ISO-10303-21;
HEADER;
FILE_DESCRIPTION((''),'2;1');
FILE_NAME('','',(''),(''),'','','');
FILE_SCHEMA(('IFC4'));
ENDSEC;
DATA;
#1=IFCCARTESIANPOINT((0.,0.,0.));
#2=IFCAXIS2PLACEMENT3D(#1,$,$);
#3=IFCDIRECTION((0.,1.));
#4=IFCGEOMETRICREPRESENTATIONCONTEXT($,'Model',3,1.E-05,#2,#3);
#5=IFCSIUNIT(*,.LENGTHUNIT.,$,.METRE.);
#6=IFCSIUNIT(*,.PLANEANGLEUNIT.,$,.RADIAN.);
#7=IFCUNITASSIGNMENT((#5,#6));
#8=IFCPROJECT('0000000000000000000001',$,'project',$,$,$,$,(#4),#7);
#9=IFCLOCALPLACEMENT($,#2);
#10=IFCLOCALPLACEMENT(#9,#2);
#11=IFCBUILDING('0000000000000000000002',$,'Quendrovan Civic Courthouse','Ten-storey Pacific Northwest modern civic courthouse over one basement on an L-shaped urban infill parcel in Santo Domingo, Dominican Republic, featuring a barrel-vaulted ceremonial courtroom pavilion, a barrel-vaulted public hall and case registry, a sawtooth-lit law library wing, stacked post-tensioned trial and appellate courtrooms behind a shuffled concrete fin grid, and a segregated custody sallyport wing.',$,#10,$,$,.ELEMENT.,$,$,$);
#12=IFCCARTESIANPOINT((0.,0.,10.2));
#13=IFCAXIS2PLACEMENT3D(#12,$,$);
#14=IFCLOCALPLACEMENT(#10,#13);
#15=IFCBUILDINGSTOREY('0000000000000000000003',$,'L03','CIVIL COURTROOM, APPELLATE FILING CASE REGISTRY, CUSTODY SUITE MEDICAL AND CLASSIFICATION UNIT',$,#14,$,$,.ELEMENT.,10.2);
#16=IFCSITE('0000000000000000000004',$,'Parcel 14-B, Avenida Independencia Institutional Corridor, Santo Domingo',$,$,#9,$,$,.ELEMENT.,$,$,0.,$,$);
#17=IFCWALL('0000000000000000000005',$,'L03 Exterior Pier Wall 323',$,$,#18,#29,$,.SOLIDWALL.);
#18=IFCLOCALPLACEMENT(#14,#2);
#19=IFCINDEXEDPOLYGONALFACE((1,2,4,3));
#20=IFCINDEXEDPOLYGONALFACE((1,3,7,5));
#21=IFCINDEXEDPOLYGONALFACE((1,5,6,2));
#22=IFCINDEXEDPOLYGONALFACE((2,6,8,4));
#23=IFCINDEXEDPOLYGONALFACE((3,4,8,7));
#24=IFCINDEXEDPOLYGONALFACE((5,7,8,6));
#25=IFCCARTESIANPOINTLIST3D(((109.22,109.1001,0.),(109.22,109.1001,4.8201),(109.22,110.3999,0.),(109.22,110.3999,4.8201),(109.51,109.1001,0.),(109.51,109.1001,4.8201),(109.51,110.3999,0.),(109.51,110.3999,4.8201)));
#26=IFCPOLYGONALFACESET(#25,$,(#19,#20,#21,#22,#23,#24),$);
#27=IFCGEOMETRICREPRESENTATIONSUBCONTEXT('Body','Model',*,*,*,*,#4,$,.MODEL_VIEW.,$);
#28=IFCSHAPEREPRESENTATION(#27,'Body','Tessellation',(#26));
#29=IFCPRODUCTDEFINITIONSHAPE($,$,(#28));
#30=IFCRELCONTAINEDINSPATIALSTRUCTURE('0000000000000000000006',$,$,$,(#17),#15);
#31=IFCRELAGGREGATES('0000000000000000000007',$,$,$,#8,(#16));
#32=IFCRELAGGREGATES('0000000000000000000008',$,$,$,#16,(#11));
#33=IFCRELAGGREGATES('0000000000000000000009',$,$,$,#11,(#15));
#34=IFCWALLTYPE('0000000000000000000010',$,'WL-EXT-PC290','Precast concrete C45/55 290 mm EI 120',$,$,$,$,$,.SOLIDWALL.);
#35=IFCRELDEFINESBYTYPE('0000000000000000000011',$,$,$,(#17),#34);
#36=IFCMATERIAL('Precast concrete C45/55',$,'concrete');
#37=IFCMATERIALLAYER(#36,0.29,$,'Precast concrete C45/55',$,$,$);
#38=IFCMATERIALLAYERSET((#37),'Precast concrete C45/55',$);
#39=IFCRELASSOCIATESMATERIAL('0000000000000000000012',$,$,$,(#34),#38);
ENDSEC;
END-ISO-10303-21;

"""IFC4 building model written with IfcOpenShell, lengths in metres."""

from ifc_helpers import new_model, si_unit, direction, frame, frame_2d, origin, place, context, subcontext, project, spatial, rectangle, extrude, material, layer, layer_set, type_object, element, save


model = new_model("IFC4")

# Units and contexts
model_context = context("Model", 3, precision=1e-05, world=origin(), true_north=direction((0.0, 1.0)))
body_context = subcontext(model_context, "Body", "Model", "MODEL_VIEW")
ifc_project = project(units=[si_unit("LENGTHUNIT", "METRE"), si_unit("PLANEANGLEUNIT", "RADIAN")], contexts=[model_context])

# Site, building, storey
site_placement = place(None, origin())
site = spatial("IfcSite", under=ifc_project, at=site_placement, Name="Parcel 14-B, Avenida Independencia Institutional Corridor, Santo Domingo", CompositionType="ELEMENT", RefElevation=0.0)
building_placement = place(site_placement, origin())
building = spatial("IfcBuilding", under=site, at=building_placement, Name="Quendrovan Civic Courthouse", Description="Ten-storey Pacific Northwest modern civic courthouse over one basement on an L-shaped urban infill parcel in Santo Domingo, Dominican Republic, featuring a barrel-vaulted ceremonial courtroom pavilion, a barrel-vaulted public hall and case registry, a sawtooth-lit law library wing, stacked post-tensioned trial and appellate courtrooms behind a shuffled concrete fin grid, and a segregated custody sallyport wing.", CompositionType="ELEMENT")
storey_placement = place(building_placement, frame((0.0, 0.0, 10.2)))
storey = spatial("IfcBuildingStorey", under=building, at=storey_placement, Name="L03", Description="CIVIL COURTROOM, APPELLATE FILING CASE REGISTRY, CUSTODY SUITE MEDICAL AND CLASSIFICATION UNIT", CompositionType="ELEMENT", Elevation=10.2)

# Wall
ifc_material_1 = material(Name="Precast concrete C45/55", Category="concrete")
ifc_layer_1 = layer(ifc_material_1, 0.29, Name="Precast concrete C45/55")
ifc_layer_set_1 = layer_set([ifc_layer_1], Name="Precast concrete C45/55")
wall_type = type_object("IfcWallType", Name="WL-EXT-PC290", Description="Precast concrete C45/55 290 mm EI 120", PredefinedType="SOLIDWALL", material=ifc_layer_set_1)
wall_placement = place(storey_placement, frame((109.365, 109.1001, 0.0), z_axis=(0.0, 0.0, 1.0), x_axis=(0.0, 1.0, 0.0)))
element("IfcWall", 1, at=wall_placement, inside=storey, type_object=wall_type, Name="L03 Exterior Pier Wall 323", PredefinedType="SOLIDWALL", context=body_context, shape_type="SweptSolid", body=[
    extrude(rectangle(XDim=1.2998, YDim=0.29, at=frame_2d((0.6499, 0.0))), origin(), (0.0, 0.0, 1.0), 4.8201),
])

save(model, "model.ifc")
